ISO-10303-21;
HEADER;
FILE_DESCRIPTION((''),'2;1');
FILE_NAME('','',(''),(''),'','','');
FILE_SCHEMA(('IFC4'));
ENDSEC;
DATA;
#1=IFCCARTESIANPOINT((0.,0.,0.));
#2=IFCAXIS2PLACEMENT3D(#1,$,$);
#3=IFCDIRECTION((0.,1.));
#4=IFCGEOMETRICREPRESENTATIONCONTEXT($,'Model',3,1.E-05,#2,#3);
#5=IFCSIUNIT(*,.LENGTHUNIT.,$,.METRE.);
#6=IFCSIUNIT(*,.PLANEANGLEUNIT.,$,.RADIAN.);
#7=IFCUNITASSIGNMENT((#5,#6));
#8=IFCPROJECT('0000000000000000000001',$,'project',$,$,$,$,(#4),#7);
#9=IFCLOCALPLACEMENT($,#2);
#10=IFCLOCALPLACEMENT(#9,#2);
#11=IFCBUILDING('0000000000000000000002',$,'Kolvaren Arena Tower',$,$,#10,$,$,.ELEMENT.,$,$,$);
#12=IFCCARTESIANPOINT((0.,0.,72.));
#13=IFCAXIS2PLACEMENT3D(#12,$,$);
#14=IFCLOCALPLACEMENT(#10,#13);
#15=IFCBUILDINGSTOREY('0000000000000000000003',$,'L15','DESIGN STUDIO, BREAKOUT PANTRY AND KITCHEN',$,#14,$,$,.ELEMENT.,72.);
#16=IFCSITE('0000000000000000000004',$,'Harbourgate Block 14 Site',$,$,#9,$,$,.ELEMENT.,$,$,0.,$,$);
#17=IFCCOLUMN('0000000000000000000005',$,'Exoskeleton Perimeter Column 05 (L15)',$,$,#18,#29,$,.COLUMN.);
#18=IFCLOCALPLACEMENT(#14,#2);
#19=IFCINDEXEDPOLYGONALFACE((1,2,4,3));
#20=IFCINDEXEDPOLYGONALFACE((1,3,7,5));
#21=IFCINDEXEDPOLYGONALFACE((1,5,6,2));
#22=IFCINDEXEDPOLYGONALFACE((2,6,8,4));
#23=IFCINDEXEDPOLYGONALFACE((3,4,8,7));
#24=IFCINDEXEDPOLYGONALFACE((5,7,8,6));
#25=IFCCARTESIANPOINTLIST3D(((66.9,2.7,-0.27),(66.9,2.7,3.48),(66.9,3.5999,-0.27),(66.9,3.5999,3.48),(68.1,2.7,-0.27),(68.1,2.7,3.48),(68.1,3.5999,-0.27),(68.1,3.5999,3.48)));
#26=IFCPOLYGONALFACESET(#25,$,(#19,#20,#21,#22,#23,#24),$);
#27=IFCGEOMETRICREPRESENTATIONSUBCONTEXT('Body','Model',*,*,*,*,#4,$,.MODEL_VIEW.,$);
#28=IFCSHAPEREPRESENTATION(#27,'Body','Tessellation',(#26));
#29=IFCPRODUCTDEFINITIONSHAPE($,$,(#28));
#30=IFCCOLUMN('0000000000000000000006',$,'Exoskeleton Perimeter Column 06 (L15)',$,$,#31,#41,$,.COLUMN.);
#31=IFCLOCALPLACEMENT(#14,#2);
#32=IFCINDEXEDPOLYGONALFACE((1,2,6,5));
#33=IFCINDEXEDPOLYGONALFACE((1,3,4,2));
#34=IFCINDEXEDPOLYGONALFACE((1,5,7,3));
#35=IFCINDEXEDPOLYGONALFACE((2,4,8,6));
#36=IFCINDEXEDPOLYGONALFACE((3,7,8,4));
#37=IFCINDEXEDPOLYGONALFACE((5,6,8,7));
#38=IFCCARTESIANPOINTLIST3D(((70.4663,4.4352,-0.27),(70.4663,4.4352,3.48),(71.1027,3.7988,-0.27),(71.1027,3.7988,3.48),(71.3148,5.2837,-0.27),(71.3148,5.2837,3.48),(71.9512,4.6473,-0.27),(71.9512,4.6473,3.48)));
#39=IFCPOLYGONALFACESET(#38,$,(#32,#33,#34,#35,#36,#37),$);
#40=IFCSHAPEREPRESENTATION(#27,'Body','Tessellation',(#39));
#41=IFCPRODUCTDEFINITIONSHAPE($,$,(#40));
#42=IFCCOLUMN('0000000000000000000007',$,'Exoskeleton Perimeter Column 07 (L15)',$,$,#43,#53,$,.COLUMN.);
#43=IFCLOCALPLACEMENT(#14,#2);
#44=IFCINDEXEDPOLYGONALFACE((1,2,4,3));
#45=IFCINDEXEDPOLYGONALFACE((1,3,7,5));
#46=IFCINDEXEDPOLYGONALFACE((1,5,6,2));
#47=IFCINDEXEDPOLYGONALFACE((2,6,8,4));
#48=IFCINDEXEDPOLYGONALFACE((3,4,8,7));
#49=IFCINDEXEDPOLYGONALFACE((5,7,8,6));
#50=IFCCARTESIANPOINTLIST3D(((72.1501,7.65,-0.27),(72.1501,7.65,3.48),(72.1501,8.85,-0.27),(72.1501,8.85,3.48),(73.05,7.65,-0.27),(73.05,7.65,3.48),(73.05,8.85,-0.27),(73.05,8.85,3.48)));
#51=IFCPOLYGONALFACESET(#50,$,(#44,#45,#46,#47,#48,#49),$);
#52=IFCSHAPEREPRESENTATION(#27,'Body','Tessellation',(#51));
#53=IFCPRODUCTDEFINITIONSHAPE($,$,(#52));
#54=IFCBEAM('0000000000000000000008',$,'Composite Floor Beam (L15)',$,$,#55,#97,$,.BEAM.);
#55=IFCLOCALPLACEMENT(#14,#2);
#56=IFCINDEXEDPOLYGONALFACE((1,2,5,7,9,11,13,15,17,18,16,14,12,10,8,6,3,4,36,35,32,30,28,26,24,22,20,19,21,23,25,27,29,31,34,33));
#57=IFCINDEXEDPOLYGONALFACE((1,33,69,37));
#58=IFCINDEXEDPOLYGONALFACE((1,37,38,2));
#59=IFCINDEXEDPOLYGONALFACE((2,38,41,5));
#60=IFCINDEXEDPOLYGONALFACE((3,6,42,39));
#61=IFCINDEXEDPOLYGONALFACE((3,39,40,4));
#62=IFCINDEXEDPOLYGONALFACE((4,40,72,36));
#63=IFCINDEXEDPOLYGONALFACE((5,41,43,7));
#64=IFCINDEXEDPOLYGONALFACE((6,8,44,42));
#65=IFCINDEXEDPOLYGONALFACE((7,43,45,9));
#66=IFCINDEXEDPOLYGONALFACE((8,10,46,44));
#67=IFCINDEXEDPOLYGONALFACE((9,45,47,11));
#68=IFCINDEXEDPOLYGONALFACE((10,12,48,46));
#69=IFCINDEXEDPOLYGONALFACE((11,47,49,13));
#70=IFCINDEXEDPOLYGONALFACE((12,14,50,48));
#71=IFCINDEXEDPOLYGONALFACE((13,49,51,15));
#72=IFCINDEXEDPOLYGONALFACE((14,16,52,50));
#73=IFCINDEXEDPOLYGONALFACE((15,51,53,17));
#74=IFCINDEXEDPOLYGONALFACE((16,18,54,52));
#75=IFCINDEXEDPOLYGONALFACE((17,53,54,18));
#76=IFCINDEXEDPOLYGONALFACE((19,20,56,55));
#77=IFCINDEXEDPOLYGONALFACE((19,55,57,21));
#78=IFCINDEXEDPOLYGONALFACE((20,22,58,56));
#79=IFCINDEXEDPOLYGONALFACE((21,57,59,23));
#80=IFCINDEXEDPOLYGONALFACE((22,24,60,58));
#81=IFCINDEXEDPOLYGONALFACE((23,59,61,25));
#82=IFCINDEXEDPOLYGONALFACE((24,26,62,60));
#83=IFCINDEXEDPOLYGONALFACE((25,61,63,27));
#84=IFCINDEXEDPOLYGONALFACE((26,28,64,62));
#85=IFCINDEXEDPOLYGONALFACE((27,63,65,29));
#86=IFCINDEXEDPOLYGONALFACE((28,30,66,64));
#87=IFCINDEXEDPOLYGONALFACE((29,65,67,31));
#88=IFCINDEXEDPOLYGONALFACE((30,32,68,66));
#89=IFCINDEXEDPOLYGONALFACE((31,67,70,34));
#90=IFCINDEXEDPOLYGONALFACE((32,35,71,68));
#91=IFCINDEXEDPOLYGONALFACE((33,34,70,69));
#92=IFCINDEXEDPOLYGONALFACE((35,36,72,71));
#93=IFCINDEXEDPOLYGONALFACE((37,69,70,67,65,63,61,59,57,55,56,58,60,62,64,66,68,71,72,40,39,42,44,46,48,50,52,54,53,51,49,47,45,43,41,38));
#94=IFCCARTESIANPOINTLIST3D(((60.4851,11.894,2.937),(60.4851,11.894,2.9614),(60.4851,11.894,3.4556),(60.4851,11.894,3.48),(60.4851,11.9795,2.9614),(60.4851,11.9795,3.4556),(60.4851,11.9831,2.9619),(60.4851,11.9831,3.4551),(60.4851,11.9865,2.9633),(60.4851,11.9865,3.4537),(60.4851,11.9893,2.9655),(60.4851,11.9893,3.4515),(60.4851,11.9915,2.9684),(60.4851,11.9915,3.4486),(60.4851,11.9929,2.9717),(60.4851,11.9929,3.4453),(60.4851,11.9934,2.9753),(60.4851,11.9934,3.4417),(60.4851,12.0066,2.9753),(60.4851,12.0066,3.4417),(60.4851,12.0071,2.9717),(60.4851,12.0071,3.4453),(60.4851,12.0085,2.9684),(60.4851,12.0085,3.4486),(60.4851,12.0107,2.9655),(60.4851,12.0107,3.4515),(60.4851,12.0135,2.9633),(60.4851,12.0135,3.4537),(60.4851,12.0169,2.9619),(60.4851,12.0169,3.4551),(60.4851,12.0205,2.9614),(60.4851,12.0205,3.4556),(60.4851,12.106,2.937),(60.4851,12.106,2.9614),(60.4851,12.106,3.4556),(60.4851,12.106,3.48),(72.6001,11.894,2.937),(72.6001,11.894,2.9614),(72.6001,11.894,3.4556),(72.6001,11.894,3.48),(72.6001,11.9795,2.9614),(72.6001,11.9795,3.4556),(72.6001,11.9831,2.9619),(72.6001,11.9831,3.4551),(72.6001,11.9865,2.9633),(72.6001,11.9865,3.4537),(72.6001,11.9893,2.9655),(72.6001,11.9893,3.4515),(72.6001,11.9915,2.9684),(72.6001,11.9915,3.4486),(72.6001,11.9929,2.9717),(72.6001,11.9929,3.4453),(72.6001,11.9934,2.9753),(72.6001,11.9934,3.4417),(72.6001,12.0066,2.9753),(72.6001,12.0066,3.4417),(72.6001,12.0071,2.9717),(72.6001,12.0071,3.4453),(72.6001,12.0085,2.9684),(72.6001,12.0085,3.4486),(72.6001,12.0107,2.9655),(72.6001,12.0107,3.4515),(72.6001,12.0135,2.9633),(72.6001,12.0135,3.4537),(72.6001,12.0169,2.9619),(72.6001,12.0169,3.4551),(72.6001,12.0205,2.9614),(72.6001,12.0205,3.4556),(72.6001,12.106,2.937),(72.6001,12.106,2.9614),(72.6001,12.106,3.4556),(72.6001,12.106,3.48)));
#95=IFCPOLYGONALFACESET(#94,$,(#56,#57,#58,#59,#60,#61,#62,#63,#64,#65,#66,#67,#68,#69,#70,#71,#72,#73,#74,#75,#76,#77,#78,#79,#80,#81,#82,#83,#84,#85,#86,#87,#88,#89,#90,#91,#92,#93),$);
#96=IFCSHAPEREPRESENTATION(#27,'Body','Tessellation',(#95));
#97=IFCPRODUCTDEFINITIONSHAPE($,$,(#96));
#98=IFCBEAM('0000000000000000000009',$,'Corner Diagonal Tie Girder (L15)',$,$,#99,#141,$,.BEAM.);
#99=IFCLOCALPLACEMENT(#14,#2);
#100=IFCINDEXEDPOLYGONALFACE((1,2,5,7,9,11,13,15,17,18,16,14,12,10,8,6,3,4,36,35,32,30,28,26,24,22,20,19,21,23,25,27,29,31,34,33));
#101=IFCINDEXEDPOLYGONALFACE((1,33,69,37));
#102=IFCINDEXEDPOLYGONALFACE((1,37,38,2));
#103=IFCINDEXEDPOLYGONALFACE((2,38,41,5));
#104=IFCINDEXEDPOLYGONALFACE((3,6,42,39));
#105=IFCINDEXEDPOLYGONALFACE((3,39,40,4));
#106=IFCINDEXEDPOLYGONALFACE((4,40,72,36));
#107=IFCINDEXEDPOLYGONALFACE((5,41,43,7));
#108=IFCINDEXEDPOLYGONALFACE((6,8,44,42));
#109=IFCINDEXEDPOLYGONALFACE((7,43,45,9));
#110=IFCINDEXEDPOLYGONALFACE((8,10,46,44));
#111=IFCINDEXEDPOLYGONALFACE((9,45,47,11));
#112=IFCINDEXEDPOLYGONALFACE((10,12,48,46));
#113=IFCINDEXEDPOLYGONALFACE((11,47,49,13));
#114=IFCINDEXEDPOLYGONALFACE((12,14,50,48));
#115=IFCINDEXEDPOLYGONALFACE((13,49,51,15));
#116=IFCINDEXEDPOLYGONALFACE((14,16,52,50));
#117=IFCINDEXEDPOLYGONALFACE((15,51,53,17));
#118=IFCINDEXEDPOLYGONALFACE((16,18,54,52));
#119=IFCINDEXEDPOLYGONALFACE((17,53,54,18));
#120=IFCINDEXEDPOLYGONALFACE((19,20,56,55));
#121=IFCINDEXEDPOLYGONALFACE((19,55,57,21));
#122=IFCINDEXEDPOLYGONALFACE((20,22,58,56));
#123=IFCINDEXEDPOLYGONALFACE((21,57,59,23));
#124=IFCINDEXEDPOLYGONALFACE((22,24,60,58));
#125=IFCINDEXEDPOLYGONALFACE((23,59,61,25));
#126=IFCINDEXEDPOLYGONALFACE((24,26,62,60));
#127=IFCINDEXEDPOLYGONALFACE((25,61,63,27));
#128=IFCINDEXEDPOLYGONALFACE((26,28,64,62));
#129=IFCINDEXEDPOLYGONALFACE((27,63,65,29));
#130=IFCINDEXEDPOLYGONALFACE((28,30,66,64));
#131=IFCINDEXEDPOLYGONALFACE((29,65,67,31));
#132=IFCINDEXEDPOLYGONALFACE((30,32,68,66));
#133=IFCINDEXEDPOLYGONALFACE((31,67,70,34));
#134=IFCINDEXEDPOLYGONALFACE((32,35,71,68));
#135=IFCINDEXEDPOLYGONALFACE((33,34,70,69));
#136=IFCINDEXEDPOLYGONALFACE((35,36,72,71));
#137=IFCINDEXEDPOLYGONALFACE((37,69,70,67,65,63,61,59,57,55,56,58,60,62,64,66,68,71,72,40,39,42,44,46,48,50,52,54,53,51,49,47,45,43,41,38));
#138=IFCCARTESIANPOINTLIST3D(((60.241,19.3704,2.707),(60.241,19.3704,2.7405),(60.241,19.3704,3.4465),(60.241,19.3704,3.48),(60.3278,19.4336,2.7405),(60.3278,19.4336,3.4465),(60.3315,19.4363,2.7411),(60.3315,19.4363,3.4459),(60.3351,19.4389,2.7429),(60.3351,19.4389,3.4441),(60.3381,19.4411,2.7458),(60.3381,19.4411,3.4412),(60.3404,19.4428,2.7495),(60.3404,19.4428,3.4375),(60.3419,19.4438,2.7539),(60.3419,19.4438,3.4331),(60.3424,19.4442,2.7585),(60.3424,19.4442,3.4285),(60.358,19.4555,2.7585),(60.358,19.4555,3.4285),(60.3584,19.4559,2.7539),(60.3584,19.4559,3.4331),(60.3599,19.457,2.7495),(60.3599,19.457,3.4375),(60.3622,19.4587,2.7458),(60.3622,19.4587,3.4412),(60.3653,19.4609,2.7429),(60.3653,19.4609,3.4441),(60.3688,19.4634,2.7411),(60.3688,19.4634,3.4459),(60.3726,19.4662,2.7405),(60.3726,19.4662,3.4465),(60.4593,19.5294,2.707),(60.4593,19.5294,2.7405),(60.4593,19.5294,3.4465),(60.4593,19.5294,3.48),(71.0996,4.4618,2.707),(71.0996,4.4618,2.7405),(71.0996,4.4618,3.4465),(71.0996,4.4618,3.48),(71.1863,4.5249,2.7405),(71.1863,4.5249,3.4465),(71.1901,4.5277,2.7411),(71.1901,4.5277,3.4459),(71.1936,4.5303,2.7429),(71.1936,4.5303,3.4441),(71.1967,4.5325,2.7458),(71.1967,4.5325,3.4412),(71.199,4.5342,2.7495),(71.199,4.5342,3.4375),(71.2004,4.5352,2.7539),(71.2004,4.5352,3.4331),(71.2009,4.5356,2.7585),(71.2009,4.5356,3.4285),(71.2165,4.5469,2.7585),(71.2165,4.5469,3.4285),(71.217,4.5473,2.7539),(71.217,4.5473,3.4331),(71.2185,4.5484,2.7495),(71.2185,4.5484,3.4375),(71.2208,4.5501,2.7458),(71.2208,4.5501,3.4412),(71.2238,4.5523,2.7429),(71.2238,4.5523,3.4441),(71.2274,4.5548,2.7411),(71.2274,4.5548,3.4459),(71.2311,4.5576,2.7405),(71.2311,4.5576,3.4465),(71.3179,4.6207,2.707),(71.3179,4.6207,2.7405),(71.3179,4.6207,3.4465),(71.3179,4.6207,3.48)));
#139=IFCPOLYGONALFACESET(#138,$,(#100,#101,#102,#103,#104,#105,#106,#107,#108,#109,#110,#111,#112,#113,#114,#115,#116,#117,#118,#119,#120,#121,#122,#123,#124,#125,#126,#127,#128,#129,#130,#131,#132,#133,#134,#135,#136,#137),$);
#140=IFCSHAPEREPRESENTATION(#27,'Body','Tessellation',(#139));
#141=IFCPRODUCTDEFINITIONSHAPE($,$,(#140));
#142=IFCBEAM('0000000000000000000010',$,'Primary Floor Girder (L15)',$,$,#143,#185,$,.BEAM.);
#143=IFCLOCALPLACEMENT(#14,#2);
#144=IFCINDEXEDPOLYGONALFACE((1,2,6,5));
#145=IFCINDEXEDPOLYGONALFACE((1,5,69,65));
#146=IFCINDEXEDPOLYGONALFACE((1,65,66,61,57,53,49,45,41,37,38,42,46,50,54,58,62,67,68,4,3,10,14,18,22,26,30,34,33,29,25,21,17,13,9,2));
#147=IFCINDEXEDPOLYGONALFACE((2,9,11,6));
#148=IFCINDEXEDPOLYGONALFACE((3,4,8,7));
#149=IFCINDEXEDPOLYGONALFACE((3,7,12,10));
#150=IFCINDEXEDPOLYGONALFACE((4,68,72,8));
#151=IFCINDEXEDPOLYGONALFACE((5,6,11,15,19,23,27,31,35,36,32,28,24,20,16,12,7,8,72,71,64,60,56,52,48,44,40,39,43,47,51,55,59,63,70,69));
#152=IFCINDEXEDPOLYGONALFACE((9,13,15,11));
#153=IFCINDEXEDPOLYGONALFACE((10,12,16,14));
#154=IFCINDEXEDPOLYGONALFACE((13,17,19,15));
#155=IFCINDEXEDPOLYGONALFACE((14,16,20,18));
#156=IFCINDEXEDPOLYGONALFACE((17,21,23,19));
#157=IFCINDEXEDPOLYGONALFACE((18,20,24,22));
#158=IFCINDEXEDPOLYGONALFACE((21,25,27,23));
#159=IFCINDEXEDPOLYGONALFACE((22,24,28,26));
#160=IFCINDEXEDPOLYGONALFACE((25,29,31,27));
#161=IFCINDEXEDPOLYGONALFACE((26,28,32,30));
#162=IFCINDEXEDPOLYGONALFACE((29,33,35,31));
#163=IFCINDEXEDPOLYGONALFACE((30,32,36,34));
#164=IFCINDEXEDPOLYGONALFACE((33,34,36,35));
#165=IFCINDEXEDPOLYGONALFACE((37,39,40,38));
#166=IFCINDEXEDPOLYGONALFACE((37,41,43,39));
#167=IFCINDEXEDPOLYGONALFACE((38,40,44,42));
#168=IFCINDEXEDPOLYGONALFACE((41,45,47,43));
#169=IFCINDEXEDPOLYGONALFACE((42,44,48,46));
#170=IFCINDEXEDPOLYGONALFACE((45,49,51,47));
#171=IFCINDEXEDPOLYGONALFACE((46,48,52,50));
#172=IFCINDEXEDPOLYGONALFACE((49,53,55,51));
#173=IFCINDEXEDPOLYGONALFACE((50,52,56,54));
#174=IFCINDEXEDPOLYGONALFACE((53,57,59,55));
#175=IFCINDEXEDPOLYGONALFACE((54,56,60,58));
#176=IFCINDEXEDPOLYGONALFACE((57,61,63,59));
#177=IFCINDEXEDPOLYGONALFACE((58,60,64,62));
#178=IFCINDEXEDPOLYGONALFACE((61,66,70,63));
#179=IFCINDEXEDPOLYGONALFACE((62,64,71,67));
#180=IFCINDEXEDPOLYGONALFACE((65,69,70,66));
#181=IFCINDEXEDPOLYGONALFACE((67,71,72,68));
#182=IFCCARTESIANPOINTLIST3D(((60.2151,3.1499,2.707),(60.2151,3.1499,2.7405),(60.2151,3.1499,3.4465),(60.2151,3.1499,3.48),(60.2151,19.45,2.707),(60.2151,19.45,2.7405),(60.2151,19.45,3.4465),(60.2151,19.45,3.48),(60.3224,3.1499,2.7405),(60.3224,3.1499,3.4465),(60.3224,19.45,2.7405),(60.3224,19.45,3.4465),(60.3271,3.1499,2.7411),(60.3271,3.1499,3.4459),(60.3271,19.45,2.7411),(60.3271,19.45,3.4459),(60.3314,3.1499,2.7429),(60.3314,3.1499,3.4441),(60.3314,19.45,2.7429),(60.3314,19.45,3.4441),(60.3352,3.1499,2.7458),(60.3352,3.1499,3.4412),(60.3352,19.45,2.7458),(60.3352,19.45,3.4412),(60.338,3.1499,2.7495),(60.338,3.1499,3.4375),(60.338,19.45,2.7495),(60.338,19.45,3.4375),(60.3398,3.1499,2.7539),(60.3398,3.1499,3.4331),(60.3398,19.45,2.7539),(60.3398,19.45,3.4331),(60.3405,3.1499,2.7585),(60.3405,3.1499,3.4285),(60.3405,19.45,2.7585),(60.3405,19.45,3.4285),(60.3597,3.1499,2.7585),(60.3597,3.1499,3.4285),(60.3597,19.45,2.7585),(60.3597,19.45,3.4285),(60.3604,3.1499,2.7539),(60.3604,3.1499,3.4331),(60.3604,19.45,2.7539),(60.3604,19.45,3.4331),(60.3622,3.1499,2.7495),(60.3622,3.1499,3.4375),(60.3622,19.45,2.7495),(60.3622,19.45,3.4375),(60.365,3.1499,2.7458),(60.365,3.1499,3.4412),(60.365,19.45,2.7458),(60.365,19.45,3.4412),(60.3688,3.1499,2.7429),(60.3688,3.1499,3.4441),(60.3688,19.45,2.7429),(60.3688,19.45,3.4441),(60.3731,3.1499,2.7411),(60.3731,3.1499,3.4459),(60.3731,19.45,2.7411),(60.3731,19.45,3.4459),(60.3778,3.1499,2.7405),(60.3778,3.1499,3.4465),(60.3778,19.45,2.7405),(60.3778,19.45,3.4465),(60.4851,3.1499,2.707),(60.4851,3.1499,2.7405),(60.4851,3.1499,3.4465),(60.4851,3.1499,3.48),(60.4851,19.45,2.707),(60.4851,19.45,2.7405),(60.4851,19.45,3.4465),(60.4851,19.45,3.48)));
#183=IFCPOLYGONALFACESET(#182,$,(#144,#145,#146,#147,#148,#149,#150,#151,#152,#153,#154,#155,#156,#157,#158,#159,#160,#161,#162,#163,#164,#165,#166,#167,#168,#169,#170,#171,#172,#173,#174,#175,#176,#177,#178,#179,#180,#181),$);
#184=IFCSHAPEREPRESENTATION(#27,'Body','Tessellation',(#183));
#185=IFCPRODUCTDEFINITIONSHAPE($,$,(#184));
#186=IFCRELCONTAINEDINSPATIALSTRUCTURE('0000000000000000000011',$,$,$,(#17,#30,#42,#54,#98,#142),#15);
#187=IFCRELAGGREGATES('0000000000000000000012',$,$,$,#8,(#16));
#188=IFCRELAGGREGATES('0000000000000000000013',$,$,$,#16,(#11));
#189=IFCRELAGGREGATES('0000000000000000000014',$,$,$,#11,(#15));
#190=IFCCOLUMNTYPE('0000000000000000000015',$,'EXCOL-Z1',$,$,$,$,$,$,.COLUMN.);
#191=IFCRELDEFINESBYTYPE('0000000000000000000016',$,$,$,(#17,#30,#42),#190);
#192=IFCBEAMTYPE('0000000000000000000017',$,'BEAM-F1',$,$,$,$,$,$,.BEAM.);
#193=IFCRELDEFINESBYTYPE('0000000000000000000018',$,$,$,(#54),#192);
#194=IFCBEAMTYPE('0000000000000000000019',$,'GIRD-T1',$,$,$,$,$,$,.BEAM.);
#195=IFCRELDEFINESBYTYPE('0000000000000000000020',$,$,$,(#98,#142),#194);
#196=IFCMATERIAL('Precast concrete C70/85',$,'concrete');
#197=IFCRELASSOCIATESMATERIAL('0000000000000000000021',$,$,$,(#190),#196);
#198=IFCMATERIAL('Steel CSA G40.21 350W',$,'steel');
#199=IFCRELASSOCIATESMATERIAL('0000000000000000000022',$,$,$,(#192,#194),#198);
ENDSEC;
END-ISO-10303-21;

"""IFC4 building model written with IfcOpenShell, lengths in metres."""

from ifc_helpers import new_model, si_unit, direction, frame, origin, origin_2d, place, context, subcontext, project, spatial, rectangle, i_section, extrude, material, material_profile, profile_set, type_object, element, save


model = new_model("IFC4")

# Units and contexts
model_context = context("Model", 3, precision=1e-05, world=origin(), true_north=direction((0.0, 1.0)))
body_context = subcontext(model_context, "Body", "Model", "MODEL_VIEW")
ifc_project = project(units=[si_unit("LENGTHUNIT", "METRE"), si_unit("PLANEANGLEUNIT", "RADIAN")], contexts=[model_context])

# Site, building, storey
site_placement = place(None, origin())
site = spatial("IfcSite", under=ifc_project, at=site_placement, Name="Harbourgate Block 14 Site", CompositionType="ELEMENT", RefElevation=0.0)
building_placement = place(site_placement, origin())
building = spatial("IfcBuilding", under=site, at=building_placement, Name="Kolvaren Arena Tower", CompositionType="ELEMENT")
storey_placement = place(building_placement, frame((0.0, 0.0, 72.0)))
storey = spatial("IfcBuildingStorey", under=building, at=storey_placement, Name="L15", Description="DESIGN STUDIO, BREAKOUT PANTRY AND KITCHEN", CompositionType="ELEMENT", Elevation=72.0)

# Columns
ifc_material_1 = material(Name="Precast concrete C70/85", Category="concrete")
ifc_material_profile_1 = material_profile(ifc_material_1, rectangle(XDim=1.2, YDim=0.8999, at=origin_2d()), Name="RC-1200x900")
ifc_profile_set_1 = profile_set([ifc_material_profile_1], Name="Precast concrete C70/85")
column_type = type_object("IfcColumnType", Name="EXCOL-Z1", PredefinedType="COLUMN", material=ifc_profile_set_1)
for number, where, z_axis, x_axis, name in (
    (1, (67.5, 3.1499, -0.27), (0.0, 0.0, 1.0), (1.0, 0.0, 0.0), "Exoskeleton Perimeter Column 05 (L15)"),
    (2, (71.2087, 4.5413, -0.27), (0.0, 0.0, 1.0), (0.707107, 0.707107, 0.0), "Exoskeleton Perimeter Column 06 (L15)"),
    (3, (72.6001, 8.25, -0.27), (0.0, 0.0, 1.0), (0.0, 1.0, 0.0), "Exoskeleton Perimeter Column 07 (L15)"),
):
    element("IfcColumn", number, at=place(storey_placement, frame(where, z_axis=z_axis, x_axis=x_axis)), inside=storey, type_object=column_type, Name=name, PredefinedType="COLUMN", context=body_context, shape_type="SweptSolid", body=[
        extrude(rectangle(XDim=1.2, YDim=0.8999, at=origin_2d()), origin(), (0.0, 0.0, 1.0), 3.75),
    ])

# Beams
ifc_material_2 = material(Name="Steel CSA G40.21 350W", Category="steel")
ifc_material_profile_2 = material_profile(ifc_material_2, i_section(OverallWidth=0.2119, OverallDepth=0.543, WebThickness=0.0132, FlangeThickness=0.0244, FilletRadius=0.0139, at=origin_2d()), Name="W530x150")
ifc_profile_set_2 = profile_set([ifc_material_profile_2], Name="Steel CSA G40.21 350W")
beam_type_1 = type_object("IfcBeamType", Name="BEAM-F1", PredefinedType="BEAM", material=ifc_profile_set_2)
beam_1_placement = place(storey_placement, frame((60.4851, 12.0, 3.2085), z_axis=(1.0, 0.0, 0.0), x_axis=(0.0, 1.0, 0.0)))
element("IfcBeam", 4, at=beam_1_placement, inside=storey, type_object=beam_type_1, Name="Composite Floor Beam (L15)", PredefinedType="BEAM", context=body_context, shape_type="SweptSolid", body=[
    extrude(i_section(OverallWidth=0.2119, OverallDepth=0.543, WebThickness=0.0132, FlangeThickness=0.0244, FilletRadius=0.0139, at=origin_2d()), origin(), (0.0, 0.0, 1.0), 12.115),
])
ifc_material_profile_3 = material_profile(ifc_material_2, i_section(OverallWidth=0.27, OverallDepth=0.7729, WebThickness=0.0193, FlangeThickness=0.0334, FilletRadius=0.0181, at=origin_2d()), Name="W760x257")
ifc_profile_set_3 = profile_set([ifc_material_profile_3], Name="Steel CSA G40.21 350W")
beam_type_2 = type_object("IfcBeamType", Name="GIRD-T1", PredefinedType="BEAM", material=ifc_profile_set_3)
beam_2_placement = place(storey_placement, frame((71.2087, 4.5413, 3.0935), z_axis=(-0.588737, 0.808324, 0.0), x_axis=(-0.808324, -0.588737, 0.0)))
element("IfcBeam", 5, at=beam_2_placement, inside=storey, type_object=beam_type_2, Name="Corner Diagonal Tie Girder (L15)", PredefinedType="BEAM", context=body_context, shape_type="SweptSolid", body=[
    extrude(i_section(OverallWidth=0.27, OverallDepth=0.7729, WebThickness=0.0193, FlangeThickness=0.0334, FilletRadius=0.0181, at=origin_2d()), origin(), (0.0, 0.0, 1.0), 18.4438),
])
beam_3_placement = place(storey_placement, frame((60.3501, 3.1499, 3.0935), z_axis=(0.0, 1.0, 0.0), x_axis=(-1.0, 0.0, 0.0)))
element("IfcBeam", 6, at=beam_3_placement, inside=storey, type_object=beam_type_2, Name="Primary Floor Girder (L15)", PredefinedType="BEAM", context=body_context, shape_type="SweptSolid", body=[
    extrude(i_section(OverallWidth=0.27, OverallDepth=0.7729, WebThickness=0.0193, FlangeThickness=0.0334, FilletRadius=0.0181, at=origin_2d()), origin(), (0.0, 0.0, 1.0), 16.3),
])

save(model, "model.ifc")
